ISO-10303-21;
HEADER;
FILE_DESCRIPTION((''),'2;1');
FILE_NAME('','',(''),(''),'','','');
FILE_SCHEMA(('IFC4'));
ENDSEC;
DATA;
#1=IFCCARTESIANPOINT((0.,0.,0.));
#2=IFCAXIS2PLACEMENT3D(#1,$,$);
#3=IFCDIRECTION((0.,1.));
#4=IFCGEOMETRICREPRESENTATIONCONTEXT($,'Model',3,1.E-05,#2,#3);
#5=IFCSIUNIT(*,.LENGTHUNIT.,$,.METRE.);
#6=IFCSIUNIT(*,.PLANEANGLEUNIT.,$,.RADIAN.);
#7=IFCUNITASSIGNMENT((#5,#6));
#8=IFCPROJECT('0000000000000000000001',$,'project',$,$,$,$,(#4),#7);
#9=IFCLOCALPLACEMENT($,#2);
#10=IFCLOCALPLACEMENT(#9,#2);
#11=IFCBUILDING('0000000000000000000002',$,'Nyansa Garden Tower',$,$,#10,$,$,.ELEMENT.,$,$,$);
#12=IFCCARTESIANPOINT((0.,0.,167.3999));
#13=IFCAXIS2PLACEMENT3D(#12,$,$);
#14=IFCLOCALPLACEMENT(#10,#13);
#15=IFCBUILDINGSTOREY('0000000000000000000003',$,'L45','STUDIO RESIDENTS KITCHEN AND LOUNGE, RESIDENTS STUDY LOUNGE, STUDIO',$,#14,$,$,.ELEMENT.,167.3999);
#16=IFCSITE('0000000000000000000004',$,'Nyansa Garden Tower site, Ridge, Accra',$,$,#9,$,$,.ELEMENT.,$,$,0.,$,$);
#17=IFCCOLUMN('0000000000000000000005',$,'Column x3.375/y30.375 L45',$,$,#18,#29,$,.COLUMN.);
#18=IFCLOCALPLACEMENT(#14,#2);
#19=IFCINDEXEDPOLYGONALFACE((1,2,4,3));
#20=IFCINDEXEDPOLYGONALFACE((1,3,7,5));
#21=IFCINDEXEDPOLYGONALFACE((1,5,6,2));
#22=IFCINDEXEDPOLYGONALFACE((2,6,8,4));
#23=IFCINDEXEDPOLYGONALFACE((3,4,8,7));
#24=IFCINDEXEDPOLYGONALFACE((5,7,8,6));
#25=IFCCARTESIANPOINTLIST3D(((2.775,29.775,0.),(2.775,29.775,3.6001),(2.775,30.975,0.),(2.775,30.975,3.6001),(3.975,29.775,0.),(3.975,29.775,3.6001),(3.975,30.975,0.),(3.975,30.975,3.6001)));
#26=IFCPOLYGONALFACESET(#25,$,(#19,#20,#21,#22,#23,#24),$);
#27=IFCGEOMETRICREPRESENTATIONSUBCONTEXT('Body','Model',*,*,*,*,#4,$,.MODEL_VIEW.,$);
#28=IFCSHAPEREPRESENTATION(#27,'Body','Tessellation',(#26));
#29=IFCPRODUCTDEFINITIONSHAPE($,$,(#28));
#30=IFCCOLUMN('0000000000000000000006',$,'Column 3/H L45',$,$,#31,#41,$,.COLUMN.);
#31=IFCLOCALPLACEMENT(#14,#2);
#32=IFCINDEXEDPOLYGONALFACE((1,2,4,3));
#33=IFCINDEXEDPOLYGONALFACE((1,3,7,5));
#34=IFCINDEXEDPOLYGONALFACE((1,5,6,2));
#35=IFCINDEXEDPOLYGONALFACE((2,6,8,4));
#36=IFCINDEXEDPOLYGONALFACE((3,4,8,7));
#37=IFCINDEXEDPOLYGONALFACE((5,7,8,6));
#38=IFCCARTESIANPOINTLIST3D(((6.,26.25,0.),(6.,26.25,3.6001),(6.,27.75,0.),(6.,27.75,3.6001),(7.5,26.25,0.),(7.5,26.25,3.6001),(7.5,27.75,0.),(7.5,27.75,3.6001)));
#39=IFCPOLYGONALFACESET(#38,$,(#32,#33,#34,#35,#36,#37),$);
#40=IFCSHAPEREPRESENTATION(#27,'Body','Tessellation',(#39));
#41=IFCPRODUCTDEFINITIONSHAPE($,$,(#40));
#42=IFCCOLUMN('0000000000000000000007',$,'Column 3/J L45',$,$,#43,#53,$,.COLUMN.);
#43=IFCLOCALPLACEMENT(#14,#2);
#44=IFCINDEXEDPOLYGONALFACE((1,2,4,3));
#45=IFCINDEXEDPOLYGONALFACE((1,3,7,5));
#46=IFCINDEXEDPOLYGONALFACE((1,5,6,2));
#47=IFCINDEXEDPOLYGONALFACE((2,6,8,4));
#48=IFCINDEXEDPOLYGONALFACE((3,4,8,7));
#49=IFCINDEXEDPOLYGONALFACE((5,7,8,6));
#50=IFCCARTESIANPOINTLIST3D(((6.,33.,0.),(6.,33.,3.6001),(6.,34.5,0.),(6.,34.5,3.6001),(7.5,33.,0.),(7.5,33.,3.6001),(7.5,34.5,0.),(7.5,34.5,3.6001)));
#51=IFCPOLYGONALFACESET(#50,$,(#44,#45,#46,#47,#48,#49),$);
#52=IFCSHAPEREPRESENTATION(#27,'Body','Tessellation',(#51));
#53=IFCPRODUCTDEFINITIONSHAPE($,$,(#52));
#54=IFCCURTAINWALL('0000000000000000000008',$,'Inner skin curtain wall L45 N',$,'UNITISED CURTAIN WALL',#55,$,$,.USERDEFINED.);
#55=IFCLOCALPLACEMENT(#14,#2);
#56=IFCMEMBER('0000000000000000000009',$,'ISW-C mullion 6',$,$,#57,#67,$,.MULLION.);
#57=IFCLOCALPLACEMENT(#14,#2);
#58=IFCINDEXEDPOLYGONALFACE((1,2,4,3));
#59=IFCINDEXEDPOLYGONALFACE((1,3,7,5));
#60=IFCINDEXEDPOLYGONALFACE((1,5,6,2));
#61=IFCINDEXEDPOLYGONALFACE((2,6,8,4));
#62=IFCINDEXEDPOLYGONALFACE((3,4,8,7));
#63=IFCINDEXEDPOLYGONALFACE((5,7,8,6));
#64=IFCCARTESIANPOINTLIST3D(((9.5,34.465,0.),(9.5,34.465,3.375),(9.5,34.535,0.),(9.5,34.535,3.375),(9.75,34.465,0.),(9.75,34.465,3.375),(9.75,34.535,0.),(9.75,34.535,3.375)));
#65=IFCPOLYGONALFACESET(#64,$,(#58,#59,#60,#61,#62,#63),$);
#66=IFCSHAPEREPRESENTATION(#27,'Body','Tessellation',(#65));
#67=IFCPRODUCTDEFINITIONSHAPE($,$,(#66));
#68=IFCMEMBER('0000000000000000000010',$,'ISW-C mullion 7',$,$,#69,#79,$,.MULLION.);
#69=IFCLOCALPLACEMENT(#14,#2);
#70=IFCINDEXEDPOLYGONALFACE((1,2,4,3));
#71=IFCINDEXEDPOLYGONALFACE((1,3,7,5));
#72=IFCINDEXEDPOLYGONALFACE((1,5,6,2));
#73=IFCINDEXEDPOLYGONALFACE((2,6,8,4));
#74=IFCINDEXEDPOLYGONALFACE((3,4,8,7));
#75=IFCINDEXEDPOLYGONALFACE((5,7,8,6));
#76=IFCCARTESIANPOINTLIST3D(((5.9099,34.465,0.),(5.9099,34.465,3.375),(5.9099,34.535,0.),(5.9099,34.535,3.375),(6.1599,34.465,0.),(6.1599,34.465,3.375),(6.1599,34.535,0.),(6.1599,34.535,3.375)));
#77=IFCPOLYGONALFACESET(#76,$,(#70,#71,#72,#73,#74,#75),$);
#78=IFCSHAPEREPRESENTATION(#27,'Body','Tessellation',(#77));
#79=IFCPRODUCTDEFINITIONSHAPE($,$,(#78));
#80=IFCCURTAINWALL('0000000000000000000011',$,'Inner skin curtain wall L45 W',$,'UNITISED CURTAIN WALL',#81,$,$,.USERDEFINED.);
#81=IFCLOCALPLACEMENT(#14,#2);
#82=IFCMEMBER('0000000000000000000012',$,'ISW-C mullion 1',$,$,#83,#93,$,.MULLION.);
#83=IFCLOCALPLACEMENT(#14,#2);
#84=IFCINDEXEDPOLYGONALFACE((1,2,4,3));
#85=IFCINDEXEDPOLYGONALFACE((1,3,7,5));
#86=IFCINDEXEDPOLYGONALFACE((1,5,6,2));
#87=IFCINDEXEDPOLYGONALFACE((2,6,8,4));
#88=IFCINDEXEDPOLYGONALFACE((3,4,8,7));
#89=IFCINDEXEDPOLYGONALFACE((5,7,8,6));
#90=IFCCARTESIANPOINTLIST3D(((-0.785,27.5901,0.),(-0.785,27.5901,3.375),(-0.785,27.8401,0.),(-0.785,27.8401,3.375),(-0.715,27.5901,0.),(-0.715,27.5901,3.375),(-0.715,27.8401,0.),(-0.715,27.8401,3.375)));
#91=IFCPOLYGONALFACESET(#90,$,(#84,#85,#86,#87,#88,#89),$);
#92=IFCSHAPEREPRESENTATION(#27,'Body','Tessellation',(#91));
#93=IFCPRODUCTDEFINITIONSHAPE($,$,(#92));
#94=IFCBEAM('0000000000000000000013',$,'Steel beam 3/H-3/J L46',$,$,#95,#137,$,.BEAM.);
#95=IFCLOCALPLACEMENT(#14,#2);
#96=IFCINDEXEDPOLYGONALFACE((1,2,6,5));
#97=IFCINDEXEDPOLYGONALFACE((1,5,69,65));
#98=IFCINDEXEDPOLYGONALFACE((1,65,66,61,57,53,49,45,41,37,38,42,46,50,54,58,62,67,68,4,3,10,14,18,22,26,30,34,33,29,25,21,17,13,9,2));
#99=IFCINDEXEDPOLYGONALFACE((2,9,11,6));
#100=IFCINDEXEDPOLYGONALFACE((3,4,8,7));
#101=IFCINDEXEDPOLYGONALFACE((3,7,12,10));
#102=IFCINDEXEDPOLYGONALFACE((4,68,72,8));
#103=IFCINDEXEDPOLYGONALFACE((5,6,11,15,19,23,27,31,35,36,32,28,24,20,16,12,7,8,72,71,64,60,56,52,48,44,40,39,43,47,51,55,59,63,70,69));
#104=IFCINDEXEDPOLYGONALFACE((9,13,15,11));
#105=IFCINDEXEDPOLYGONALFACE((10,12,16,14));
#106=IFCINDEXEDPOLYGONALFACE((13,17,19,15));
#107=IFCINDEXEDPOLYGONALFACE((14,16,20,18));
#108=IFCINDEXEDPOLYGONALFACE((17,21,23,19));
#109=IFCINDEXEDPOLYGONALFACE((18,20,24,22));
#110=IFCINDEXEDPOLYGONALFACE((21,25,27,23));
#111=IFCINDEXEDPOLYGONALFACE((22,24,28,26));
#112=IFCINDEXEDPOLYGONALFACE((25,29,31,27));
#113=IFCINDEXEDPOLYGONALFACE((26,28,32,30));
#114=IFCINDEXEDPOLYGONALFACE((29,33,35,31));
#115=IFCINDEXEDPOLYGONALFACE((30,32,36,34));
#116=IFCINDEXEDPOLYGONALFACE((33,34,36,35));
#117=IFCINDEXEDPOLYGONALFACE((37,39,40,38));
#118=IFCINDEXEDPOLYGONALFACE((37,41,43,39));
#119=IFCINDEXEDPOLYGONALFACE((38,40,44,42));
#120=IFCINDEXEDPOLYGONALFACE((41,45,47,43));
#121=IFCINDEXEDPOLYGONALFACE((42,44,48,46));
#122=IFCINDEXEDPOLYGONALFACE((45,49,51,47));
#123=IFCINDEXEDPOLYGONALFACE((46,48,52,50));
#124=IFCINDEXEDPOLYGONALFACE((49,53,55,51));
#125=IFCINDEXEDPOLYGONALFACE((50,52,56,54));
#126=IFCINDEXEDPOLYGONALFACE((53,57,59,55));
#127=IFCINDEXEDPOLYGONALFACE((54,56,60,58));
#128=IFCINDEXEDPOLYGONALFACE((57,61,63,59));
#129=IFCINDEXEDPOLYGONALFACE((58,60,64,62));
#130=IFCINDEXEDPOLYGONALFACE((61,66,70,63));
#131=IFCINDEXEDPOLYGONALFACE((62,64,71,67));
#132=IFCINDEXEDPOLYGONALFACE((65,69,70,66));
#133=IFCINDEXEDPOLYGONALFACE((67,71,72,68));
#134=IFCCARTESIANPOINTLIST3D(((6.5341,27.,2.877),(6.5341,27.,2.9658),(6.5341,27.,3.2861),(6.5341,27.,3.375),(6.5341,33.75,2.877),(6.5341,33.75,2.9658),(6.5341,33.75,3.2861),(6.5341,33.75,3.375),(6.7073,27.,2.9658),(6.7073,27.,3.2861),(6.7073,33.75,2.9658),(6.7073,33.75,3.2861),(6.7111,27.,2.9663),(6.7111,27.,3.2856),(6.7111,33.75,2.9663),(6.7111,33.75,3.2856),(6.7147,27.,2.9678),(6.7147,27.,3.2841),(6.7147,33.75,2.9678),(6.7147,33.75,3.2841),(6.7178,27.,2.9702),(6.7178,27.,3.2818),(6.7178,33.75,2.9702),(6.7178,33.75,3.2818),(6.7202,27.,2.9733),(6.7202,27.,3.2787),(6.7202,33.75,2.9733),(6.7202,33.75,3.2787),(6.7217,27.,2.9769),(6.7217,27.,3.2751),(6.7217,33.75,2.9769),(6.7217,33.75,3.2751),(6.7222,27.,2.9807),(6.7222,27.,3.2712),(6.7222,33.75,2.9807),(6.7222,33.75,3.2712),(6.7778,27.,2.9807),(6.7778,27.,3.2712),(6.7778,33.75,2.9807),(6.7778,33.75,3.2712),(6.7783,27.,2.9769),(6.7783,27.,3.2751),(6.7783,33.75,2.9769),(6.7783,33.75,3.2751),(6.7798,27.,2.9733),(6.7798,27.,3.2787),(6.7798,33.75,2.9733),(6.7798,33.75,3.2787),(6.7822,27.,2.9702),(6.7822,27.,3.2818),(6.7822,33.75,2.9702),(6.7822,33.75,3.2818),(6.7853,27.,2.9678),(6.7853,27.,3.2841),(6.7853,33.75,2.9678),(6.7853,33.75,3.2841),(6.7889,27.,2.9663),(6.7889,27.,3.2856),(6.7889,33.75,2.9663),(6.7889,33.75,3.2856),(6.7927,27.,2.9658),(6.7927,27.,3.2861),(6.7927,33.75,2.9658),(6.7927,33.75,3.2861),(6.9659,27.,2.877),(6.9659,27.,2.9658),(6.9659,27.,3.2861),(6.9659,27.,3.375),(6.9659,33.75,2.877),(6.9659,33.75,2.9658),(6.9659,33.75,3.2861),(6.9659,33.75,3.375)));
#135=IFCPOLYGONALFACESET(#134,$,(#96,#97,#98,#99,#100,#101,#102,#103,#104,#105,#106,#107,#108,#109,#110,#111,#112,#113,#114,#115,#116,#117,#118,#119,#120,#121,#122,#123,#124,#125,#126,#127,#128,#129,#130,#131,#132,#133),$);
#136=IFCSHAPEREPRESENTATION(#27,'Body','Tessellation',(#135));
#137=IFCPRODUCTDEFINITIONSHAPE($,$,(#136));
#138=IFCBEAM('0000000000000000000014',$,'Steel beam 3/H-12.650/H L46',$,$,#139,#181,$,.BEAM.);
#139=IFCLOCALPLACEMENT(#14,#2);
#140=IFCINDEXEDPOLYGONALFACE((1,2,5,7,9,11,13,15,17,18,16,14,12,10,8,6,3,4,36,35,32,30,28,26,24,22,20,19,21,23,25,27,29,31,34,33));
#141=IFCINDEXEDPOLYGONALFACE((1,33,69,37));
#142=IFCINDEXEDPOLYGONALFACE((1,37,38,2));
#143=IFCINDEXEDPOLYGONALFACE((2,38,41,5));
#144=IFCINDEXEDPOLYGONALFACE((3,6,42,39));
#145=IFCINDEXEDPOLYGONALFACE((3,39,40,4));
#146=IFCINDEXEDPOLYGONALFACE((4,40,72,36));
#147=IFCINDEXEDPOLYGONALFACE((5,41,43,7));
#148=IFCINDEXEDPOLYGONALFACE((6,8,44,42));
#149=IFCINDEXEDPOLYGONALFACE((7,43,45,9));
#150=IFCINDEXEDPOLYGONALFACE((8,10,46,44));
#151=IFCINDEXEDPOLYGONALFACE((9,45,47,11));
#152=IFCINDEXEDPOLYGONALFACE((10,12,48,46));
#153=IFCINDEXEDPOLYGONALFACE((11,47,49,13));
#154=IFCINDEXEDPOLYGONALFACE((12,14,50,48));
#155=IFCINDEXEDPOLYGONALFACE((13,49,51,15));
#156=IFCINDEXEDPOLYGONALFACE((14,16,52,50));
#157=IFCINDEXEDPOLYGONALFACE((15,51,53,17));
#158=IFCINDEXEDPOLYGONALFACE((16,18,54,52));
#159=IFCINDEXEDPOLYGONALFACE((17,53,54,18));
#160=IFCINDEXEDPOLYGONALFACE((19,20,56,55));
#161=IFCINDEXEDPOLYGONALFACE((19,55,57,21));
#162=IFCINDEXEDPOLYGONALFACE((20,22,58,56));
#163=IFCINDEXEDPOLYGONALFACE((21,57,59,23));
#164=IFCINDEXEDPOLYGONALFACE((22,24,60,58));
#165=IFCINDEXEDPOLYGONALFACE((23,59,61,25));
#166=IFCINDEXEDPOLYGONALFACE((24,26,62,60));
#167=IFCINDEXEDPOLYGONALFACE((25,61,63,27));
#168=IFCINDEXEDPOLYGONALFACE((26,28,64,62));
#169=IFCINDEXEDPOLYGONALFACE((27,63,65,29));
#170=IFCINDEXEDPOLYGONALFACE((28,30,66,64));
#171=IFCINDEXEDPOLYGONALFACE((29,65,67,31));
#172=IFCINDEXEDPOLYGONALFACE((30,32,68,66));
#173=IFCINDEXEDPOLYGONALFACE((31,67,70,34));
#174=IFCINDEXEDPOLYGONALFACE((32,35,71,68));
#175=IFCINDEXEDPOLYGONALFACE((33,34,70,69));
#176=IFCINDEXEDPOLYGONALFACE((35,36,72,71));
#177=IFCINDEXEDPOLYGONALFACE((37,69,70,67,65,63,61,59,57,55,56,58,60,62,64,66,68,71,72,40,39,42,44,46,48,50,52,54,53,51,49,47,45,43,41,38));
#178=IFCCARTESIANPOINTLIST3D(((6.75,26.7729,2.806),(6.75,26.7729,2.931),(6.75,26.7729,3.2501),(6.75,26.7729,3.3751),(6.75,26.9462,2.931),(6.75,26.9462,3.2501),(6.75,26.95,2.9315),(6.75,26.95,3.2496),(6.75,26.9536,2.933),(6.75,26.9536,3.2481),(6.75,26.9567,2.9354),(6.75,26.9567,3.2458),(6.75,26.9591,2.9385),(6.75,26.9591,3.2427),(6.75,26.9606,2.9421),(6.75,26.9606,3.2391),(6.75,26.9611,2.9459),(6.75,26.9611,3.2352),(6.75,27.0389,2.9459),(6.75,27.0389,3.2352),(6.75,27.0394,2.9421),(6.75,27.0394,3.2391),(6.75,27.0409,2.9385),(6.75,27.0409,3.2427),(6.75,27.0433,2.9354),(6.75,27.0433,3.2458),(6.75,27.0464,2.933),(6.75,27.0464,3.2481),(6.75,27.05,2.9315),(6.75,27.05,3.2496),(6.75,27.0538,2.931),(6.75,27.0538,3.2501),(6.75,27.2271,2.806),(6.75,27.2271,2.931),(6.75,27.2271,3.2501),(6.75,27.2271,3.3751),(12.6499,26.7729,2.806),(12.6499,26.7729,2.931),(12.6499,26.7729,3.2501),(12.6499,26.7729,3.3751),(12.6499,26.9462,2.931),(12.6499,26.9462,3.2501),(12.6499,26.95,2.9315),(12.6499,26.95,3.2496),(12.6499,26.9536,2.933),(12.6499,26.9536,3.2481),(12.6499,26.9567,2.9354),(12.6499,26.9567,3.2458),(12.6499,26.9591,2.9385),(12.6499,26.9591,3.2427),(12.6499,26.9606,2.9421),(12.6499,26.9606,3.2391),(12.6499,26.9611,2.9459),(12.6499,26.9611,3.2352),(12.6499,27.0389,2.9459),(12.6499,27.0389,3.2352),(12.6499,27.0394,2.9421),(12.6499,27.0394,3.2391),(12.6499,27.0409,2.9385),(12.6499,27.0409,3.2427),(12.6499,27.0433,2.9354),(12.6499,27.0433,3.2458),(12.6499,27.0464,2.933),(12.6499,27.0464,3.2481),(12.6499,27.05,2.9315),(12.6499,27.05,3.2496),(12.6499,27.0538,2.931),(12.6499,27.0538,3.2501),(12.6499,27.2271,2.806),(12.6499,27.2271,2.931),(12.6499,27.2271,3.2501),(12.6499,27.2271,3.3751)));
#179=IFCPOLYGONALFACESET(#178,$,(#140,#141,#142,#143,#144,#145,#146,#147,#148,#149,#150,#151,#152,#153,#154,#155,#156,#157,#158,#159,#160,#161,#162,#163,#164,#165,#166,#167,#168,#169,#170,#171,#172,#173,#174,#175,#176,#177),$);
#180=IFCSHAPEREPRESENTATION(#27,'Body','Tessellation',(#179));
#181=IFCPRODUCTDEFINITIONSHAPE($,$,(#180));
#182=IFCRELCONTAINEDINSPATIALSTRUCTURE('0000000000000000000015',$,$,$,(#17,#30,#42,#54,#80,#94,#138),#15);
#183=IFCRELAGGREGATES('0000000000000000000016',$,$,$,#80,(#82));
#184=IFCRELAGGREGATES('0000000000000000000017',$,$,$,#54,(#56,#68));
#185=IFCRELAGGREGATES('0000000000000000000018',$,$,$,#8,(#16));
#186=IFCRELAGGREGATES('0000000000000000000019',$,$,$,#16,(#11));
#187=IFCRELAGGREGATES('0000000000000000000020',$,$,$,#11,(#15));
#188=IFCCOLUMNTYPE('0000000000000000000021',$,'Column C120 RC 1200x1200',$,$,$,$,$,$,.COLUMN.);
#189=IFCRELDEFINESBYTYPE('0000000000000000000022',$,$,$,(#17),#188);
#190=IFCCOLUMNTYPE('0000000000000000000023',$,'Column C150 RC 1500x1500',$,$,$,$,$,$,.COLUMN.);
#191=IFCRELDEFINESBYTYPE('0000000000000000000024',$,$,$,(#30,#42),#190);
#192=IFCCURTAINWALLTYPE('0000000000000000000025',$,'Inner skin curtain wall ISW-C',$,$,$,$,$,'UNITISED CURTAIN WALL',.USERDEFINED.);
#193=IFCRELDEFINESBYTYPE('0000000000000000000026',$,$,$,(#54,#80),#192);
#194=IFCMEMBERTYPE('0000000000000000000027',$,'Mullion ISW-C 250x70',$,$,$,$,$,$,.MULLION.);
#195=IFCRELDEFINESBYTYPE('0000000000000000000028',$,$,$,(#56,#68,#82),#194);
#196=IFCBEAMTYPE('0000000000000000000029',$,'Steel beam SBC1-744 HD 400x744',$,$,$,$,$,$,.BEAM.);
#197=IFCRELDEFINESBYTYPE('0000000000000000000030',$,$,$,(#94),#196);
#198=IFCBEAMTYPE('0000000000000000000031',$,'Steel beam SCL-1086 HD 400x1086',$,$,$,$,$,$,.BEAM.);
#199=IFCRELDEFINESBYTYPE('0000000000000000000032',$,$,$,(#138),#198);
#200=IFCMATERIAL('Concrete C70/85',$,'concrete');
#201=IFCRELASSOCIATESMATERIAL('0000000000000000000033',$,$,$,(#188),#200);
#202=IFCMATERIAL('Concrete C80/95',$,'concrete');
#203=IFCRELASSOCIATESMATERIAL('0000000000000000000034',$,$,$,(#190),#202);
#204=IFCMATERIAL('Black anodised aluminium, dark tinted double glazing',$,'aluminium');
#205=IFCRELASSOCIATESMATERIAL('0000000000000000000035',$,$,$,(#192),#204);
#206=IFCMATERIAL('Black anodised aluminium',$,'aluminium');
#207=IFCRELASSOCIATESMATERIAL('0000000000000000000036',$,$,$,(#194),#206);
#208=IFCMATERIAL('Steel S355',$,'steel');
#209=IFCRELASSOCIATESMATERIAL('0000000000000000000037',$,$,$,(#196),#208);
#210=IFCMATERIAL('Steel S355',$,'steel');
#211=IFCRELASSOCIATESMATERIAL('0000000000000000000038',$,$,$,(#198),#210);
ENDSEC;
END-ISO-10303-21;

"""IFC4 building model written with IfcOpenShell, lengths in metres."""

from ifc_helpers import new_model, si_unit, direction, frame, origin, origin_2d, place, context, subcontext, project, spatial, rectangle, i_section, extrude, material, material_profile, profile_set, type_object, element, aggregate, save


model = new_model("IFC4")

# Units and contexts
model_context = context("Model", 3, precision=1e-05, world=origin(), true_north=direction((0.0, 1.0)))
body_context = subcontext(model_context, "Body", "Model", "MODEL_VIEW")
ifc_project = project(units=[si_unit("LENGTHUNIT", "METRE"), si_unit("PLANEANGLEUNIT", "RADIAN")], contexts=[model_context])

# Site, building, storey
site_placement = place(None, origin())
site = spatial("IfcSite", under=ifc_project, at=site_placement, Name="Nyansa Garden Tower site, Ridge, Accra", CompositionType="ELEMENT", RefElevation=0.0)
building_placement = place(site_placement, origin())
building = spatial("IfcBuilding", under=site, at=building_placement, Name="Nyansa Garden Tower", CompositionType="ELEMENT")
storey_placement = place(building_placement, frame((0.0, 0.0, 167.3999)))
storey = spatial("IfcBuildingStorey", under=building, at=storey_placement, Name="L45", Description="STUDIO RESIDENTS KITCHEN AND LOUNGE, RESIDENTS STUDY LOUNGE, STUDIO", CompositionType="ELEMENT", Elevation=167.3999)

# Columns
ifc_material_1 = material(Name="Concrete C70/85", Category="concrete")
ifc_material_profile_1 = material_profile(ifc_material_1, rectangle(XDim=1.2, YDim=1.2, at=origin_2d()), Name="RC 1200x1200")
ifc_profile_set_1 = profile_set([ifc_material_profile_1], Name="Concrete C70/85")
column_type_1 = type_object("IfcColumnType", Name="Column C120 RC 1200x1200", PredefinedType="COLUMN", material=ifc_profile_set_1)
column_placement = place(storey_placement, frame((3.375, 30.375, 0.0), z_axis=(0.0, 0.0, 1.0), x_axis=(1.0, 0.0, 0.0)))
element("IfcColumn", 1, at=column_placement, inside=storey, type_object=column_type_1, Name="Column x3.375/y30.375 L45", PredefinedType="COLUMN", context=body_context, shape_type="SweptSolid", body=[
    extrude(rectangle(XDim=1.2, YDim=1.2, at=origin_2d()), origin(), (0.0, 0.0, 1.0), 3.6001),
])
ifc_material_2 = material(Name="Concrete C80/95", Category="concrete")
ifc_material_profile_2 = material_profile(ifc_material_2, rectangle(XDim=1.5, YDim=1.5, at=origin_2d()), Name="RC 1500x1500")
ifc_profile_set_2 = profile_set([ifc_material_profile_2], Name="Concrete C80/95")
column_type_2 = type_object("IfcColumnType", Name="Column C150 RC 1500x1500", PredefinedType="COLUMN", material=ifc_profile_set_2)
for number, where, z_axis, x_axis, name in (
    (2, (6.75, 27.0, 0.0), (0.0, 0.0, 1.0), (1.0, 0.0, 0.0), "Column 3/H L45"),
    (3, (6.75, 33.75, 0.0), (0.0, 0.0, 1.0), (1.0, 0.0, 0.0), "Column 3/J L45"),
):
    element("IfcColumn", number, at=place(storey_placement, frame(where, z_axis=z_axis, x_axis=x_axis)), inside=storey, type_object=column_type_2, Name=name, PredefinedType="COLUMN", context=body_context, shape_type="SweptSolid", body=[
        extrude(rectangle(XDim=1.5, YDim=1.5, at=origin_2d()), origin(), (0.0, 0.0, 1.0), 3.6001),
    ])

# Curtain wall, members
ifc_material_3 = material(Name="Black anodised aluminium, dark tinted double glazing", Category="aluminium")
curtain_wall_type = type_object("IfcCurtainWallType", Name="Inner skin curtain wall ISW-C", ElementType="UNITISED CURTAIN WALL", PredefinedType="USERDEFINED", material=ifc_material_3)
curtain_wall_1_placement = place(storey_placement, origin())
curtain_wall_1 = element("IfcCurtainWall", 4, at=curtain_wall_1_placement, inside=storey, type_object=curtain_wall_type, Name="Inner skin curtain wall L45 N", ObjectType="UNITISED CURTAIN WALL", PredefinedType="USERDEFINED")
ifc_material_4 = material(Name="Black anodised aluminium", Category="aluminium")
ifc_material_profile_3 = material_profile(ifc_material_4, rectangle(XDim=0.0701, YDim=0.25, at=origin_2d()), Name="Mullion 250x70")
ifc_profile_set_3 = profile_set([ifc_material_profile_3], Name="Black anodised aluminium")
member_type_1 = type_object("IfcMemberType", Name="Mullion ISW-C 250x70", PredefinedType="MULLION", material=ifc_profile_set_3)
member_1_placement = place(storey_placement, frame((9.625, 34.5, 0.0), z_axis=(0.0, 0.0, 1.0), x_axis=(0.0, -1.0, 0.0)))
member_1 = element("IfcMember", 5, at=member_1_placement, type_object=member_type_1, Name="ISW-C mullion 6", PredefinedType="MULLION", context=body_context, shape_type="SweptSolid", body=[
    extrude(rectangle(XDim=0.0701, YDim=0.25, at=origin_2d()), origin(), (0.0, 0.0, 1.0), 3.375),
])
member_2_placement = place(storey_placement, frame((6.0349, 34.5, 0.0), z_axis=(0.0, 0.0, 1.0), x_axis=(0.0, -1.0, 0.0)))
member_2 = element("IfcMember", 6, at=member_2_placement, type_object=member_type_1, Name="ISW-C mullion 7", PredefinedType="MULLION", context=body_context, shape_type="SweptSolid", body=[
    extrude(rectangle(XDim=0.0701, YDim=0.25, at=origin_2d()), origin(), (0.0, 0.0, 1.0), 3.375),
])

# Curtain wall, member
curtain_wall_2_placement = place(storey_placement, origin())
curtain_wall_2 = element("IfcCurtainWall", 7, at=curtain_wall_2_placement, inside=storey, type_object=curtain_wall_type, Name="Inner skin curtain wall L45 W", ObjectType="UNITISED CURTAIN WALL", PredefinedType="USERDEFINED")
member_3_placement = place(storey_placement, frame((-0.75, 27.7151, 0.0), z_axis=(0.0, 0.0, 1.0), x_axis=(1.0, 0.0, 0.0)))
member_3 = element("IfcMember", 8, at=member_3_placement, type_object=member_type_1, Name="ISW-C mullion 1", PredefinedType="MULLION", context=body_context, shape_type="SweptSolid", body=[
    extrude(rectangle(XDim=0.0701, YDim=0.25, at=origin_2d()), origin(), (0.0, 0.0, 1.0), 3.375),
])

# Beams
ifc_material_5 = material(Name="Steel S355", Category="steel")
ifc_material_profile_4 = material_profile(ifc_material_5, i_section(OverallWidth=0.4319, OverallDepth=0.498, WebThickness=0.0557, FlangeThickness=0.0889, FilletRadius=0.0149, at=origin_2d()), Name="HD 400x744")
ifc_profile_set_4 = profile_set([ifc_material_profile_4], Name="Steel S355")
beam_type_1 = type_object("IfcBeamType", Name="Steel beam SBC1-744 HD 400x744", PredefinedType="BEAM", material=ifc_profile_set_4)
beam_1_placement = place(storey_placement, frame((6.75, 27.0, 3.126), z_axis=(0.0, 1.0, 0.0), x_axis=(-1.0, 0.0, 0.0)))
element("IfcBeam", 9, at=beam_1_placement, inside=storey, type_object=beam_type_1, Name="Steel beam 3/H-3/J L46", PredefinedType="BEAM", context=body_context, shape_type="SweptSolid", body=[
    extrude(i_section(OverallWidth=0.4319, OverallDepth=0.498, WebThickness=0.0557, FlangeThickness=0.0889, FilletRadius=0.0149, at=origin_2d()), origin(), (0.0, 0.0, 1.0), 6.75),
])
ifc_material_6 = material(Name="Steel S355", Category="steel")
ifc_material_profile_5 = material_profile(ifc_material_6, i_section(OverallWidth=0.4541, OverallDepth=0.5691, WebThickness=0.0779, FlangeThickness=0.125, FilletRadius=0.0149, at=origin_2d()), Name="HD 400x1086")
ifc_profile_set_5 = profile_set([ifc_material_profile_5], Name="Steel S355")
beam_type_2 = type_object("IfcBeamType", Name="Steel beam SCL-1086 HD 400x1086", PredefinedType="BEAM", material=ifc_profile_set_5)
beam_2_placement = place(storey_placement, frame((6.75, 27.0, 3.0906), z_axis=(1.0, 0.0, 0.0), x_axis=(0.0, 1.0, 0.0)))
element("IfcBeam", 10, at=beam_2_placement, inside=storey, type_object=beam_type_2, Name="Steel beam 3/H-12.650/H L46", PredefinedType="BEAM", context=body_context, shape_type="SweptSolid", body=[
    extrude(i_section(OverallWidth=0.4541, OverallDepth=0.5691, WebThickness=0.0779, FlangeThickness=0.125, FilletRadius=0.0149, at=origin_2d()), origin(), (0.0, 0.0, 1.0), 5.8999),
])

aggregate(curtain_wall_2, [member_3])

aggregate(curtain_wall_1, [member_1, member_2])

save(model, "model.ifc")
